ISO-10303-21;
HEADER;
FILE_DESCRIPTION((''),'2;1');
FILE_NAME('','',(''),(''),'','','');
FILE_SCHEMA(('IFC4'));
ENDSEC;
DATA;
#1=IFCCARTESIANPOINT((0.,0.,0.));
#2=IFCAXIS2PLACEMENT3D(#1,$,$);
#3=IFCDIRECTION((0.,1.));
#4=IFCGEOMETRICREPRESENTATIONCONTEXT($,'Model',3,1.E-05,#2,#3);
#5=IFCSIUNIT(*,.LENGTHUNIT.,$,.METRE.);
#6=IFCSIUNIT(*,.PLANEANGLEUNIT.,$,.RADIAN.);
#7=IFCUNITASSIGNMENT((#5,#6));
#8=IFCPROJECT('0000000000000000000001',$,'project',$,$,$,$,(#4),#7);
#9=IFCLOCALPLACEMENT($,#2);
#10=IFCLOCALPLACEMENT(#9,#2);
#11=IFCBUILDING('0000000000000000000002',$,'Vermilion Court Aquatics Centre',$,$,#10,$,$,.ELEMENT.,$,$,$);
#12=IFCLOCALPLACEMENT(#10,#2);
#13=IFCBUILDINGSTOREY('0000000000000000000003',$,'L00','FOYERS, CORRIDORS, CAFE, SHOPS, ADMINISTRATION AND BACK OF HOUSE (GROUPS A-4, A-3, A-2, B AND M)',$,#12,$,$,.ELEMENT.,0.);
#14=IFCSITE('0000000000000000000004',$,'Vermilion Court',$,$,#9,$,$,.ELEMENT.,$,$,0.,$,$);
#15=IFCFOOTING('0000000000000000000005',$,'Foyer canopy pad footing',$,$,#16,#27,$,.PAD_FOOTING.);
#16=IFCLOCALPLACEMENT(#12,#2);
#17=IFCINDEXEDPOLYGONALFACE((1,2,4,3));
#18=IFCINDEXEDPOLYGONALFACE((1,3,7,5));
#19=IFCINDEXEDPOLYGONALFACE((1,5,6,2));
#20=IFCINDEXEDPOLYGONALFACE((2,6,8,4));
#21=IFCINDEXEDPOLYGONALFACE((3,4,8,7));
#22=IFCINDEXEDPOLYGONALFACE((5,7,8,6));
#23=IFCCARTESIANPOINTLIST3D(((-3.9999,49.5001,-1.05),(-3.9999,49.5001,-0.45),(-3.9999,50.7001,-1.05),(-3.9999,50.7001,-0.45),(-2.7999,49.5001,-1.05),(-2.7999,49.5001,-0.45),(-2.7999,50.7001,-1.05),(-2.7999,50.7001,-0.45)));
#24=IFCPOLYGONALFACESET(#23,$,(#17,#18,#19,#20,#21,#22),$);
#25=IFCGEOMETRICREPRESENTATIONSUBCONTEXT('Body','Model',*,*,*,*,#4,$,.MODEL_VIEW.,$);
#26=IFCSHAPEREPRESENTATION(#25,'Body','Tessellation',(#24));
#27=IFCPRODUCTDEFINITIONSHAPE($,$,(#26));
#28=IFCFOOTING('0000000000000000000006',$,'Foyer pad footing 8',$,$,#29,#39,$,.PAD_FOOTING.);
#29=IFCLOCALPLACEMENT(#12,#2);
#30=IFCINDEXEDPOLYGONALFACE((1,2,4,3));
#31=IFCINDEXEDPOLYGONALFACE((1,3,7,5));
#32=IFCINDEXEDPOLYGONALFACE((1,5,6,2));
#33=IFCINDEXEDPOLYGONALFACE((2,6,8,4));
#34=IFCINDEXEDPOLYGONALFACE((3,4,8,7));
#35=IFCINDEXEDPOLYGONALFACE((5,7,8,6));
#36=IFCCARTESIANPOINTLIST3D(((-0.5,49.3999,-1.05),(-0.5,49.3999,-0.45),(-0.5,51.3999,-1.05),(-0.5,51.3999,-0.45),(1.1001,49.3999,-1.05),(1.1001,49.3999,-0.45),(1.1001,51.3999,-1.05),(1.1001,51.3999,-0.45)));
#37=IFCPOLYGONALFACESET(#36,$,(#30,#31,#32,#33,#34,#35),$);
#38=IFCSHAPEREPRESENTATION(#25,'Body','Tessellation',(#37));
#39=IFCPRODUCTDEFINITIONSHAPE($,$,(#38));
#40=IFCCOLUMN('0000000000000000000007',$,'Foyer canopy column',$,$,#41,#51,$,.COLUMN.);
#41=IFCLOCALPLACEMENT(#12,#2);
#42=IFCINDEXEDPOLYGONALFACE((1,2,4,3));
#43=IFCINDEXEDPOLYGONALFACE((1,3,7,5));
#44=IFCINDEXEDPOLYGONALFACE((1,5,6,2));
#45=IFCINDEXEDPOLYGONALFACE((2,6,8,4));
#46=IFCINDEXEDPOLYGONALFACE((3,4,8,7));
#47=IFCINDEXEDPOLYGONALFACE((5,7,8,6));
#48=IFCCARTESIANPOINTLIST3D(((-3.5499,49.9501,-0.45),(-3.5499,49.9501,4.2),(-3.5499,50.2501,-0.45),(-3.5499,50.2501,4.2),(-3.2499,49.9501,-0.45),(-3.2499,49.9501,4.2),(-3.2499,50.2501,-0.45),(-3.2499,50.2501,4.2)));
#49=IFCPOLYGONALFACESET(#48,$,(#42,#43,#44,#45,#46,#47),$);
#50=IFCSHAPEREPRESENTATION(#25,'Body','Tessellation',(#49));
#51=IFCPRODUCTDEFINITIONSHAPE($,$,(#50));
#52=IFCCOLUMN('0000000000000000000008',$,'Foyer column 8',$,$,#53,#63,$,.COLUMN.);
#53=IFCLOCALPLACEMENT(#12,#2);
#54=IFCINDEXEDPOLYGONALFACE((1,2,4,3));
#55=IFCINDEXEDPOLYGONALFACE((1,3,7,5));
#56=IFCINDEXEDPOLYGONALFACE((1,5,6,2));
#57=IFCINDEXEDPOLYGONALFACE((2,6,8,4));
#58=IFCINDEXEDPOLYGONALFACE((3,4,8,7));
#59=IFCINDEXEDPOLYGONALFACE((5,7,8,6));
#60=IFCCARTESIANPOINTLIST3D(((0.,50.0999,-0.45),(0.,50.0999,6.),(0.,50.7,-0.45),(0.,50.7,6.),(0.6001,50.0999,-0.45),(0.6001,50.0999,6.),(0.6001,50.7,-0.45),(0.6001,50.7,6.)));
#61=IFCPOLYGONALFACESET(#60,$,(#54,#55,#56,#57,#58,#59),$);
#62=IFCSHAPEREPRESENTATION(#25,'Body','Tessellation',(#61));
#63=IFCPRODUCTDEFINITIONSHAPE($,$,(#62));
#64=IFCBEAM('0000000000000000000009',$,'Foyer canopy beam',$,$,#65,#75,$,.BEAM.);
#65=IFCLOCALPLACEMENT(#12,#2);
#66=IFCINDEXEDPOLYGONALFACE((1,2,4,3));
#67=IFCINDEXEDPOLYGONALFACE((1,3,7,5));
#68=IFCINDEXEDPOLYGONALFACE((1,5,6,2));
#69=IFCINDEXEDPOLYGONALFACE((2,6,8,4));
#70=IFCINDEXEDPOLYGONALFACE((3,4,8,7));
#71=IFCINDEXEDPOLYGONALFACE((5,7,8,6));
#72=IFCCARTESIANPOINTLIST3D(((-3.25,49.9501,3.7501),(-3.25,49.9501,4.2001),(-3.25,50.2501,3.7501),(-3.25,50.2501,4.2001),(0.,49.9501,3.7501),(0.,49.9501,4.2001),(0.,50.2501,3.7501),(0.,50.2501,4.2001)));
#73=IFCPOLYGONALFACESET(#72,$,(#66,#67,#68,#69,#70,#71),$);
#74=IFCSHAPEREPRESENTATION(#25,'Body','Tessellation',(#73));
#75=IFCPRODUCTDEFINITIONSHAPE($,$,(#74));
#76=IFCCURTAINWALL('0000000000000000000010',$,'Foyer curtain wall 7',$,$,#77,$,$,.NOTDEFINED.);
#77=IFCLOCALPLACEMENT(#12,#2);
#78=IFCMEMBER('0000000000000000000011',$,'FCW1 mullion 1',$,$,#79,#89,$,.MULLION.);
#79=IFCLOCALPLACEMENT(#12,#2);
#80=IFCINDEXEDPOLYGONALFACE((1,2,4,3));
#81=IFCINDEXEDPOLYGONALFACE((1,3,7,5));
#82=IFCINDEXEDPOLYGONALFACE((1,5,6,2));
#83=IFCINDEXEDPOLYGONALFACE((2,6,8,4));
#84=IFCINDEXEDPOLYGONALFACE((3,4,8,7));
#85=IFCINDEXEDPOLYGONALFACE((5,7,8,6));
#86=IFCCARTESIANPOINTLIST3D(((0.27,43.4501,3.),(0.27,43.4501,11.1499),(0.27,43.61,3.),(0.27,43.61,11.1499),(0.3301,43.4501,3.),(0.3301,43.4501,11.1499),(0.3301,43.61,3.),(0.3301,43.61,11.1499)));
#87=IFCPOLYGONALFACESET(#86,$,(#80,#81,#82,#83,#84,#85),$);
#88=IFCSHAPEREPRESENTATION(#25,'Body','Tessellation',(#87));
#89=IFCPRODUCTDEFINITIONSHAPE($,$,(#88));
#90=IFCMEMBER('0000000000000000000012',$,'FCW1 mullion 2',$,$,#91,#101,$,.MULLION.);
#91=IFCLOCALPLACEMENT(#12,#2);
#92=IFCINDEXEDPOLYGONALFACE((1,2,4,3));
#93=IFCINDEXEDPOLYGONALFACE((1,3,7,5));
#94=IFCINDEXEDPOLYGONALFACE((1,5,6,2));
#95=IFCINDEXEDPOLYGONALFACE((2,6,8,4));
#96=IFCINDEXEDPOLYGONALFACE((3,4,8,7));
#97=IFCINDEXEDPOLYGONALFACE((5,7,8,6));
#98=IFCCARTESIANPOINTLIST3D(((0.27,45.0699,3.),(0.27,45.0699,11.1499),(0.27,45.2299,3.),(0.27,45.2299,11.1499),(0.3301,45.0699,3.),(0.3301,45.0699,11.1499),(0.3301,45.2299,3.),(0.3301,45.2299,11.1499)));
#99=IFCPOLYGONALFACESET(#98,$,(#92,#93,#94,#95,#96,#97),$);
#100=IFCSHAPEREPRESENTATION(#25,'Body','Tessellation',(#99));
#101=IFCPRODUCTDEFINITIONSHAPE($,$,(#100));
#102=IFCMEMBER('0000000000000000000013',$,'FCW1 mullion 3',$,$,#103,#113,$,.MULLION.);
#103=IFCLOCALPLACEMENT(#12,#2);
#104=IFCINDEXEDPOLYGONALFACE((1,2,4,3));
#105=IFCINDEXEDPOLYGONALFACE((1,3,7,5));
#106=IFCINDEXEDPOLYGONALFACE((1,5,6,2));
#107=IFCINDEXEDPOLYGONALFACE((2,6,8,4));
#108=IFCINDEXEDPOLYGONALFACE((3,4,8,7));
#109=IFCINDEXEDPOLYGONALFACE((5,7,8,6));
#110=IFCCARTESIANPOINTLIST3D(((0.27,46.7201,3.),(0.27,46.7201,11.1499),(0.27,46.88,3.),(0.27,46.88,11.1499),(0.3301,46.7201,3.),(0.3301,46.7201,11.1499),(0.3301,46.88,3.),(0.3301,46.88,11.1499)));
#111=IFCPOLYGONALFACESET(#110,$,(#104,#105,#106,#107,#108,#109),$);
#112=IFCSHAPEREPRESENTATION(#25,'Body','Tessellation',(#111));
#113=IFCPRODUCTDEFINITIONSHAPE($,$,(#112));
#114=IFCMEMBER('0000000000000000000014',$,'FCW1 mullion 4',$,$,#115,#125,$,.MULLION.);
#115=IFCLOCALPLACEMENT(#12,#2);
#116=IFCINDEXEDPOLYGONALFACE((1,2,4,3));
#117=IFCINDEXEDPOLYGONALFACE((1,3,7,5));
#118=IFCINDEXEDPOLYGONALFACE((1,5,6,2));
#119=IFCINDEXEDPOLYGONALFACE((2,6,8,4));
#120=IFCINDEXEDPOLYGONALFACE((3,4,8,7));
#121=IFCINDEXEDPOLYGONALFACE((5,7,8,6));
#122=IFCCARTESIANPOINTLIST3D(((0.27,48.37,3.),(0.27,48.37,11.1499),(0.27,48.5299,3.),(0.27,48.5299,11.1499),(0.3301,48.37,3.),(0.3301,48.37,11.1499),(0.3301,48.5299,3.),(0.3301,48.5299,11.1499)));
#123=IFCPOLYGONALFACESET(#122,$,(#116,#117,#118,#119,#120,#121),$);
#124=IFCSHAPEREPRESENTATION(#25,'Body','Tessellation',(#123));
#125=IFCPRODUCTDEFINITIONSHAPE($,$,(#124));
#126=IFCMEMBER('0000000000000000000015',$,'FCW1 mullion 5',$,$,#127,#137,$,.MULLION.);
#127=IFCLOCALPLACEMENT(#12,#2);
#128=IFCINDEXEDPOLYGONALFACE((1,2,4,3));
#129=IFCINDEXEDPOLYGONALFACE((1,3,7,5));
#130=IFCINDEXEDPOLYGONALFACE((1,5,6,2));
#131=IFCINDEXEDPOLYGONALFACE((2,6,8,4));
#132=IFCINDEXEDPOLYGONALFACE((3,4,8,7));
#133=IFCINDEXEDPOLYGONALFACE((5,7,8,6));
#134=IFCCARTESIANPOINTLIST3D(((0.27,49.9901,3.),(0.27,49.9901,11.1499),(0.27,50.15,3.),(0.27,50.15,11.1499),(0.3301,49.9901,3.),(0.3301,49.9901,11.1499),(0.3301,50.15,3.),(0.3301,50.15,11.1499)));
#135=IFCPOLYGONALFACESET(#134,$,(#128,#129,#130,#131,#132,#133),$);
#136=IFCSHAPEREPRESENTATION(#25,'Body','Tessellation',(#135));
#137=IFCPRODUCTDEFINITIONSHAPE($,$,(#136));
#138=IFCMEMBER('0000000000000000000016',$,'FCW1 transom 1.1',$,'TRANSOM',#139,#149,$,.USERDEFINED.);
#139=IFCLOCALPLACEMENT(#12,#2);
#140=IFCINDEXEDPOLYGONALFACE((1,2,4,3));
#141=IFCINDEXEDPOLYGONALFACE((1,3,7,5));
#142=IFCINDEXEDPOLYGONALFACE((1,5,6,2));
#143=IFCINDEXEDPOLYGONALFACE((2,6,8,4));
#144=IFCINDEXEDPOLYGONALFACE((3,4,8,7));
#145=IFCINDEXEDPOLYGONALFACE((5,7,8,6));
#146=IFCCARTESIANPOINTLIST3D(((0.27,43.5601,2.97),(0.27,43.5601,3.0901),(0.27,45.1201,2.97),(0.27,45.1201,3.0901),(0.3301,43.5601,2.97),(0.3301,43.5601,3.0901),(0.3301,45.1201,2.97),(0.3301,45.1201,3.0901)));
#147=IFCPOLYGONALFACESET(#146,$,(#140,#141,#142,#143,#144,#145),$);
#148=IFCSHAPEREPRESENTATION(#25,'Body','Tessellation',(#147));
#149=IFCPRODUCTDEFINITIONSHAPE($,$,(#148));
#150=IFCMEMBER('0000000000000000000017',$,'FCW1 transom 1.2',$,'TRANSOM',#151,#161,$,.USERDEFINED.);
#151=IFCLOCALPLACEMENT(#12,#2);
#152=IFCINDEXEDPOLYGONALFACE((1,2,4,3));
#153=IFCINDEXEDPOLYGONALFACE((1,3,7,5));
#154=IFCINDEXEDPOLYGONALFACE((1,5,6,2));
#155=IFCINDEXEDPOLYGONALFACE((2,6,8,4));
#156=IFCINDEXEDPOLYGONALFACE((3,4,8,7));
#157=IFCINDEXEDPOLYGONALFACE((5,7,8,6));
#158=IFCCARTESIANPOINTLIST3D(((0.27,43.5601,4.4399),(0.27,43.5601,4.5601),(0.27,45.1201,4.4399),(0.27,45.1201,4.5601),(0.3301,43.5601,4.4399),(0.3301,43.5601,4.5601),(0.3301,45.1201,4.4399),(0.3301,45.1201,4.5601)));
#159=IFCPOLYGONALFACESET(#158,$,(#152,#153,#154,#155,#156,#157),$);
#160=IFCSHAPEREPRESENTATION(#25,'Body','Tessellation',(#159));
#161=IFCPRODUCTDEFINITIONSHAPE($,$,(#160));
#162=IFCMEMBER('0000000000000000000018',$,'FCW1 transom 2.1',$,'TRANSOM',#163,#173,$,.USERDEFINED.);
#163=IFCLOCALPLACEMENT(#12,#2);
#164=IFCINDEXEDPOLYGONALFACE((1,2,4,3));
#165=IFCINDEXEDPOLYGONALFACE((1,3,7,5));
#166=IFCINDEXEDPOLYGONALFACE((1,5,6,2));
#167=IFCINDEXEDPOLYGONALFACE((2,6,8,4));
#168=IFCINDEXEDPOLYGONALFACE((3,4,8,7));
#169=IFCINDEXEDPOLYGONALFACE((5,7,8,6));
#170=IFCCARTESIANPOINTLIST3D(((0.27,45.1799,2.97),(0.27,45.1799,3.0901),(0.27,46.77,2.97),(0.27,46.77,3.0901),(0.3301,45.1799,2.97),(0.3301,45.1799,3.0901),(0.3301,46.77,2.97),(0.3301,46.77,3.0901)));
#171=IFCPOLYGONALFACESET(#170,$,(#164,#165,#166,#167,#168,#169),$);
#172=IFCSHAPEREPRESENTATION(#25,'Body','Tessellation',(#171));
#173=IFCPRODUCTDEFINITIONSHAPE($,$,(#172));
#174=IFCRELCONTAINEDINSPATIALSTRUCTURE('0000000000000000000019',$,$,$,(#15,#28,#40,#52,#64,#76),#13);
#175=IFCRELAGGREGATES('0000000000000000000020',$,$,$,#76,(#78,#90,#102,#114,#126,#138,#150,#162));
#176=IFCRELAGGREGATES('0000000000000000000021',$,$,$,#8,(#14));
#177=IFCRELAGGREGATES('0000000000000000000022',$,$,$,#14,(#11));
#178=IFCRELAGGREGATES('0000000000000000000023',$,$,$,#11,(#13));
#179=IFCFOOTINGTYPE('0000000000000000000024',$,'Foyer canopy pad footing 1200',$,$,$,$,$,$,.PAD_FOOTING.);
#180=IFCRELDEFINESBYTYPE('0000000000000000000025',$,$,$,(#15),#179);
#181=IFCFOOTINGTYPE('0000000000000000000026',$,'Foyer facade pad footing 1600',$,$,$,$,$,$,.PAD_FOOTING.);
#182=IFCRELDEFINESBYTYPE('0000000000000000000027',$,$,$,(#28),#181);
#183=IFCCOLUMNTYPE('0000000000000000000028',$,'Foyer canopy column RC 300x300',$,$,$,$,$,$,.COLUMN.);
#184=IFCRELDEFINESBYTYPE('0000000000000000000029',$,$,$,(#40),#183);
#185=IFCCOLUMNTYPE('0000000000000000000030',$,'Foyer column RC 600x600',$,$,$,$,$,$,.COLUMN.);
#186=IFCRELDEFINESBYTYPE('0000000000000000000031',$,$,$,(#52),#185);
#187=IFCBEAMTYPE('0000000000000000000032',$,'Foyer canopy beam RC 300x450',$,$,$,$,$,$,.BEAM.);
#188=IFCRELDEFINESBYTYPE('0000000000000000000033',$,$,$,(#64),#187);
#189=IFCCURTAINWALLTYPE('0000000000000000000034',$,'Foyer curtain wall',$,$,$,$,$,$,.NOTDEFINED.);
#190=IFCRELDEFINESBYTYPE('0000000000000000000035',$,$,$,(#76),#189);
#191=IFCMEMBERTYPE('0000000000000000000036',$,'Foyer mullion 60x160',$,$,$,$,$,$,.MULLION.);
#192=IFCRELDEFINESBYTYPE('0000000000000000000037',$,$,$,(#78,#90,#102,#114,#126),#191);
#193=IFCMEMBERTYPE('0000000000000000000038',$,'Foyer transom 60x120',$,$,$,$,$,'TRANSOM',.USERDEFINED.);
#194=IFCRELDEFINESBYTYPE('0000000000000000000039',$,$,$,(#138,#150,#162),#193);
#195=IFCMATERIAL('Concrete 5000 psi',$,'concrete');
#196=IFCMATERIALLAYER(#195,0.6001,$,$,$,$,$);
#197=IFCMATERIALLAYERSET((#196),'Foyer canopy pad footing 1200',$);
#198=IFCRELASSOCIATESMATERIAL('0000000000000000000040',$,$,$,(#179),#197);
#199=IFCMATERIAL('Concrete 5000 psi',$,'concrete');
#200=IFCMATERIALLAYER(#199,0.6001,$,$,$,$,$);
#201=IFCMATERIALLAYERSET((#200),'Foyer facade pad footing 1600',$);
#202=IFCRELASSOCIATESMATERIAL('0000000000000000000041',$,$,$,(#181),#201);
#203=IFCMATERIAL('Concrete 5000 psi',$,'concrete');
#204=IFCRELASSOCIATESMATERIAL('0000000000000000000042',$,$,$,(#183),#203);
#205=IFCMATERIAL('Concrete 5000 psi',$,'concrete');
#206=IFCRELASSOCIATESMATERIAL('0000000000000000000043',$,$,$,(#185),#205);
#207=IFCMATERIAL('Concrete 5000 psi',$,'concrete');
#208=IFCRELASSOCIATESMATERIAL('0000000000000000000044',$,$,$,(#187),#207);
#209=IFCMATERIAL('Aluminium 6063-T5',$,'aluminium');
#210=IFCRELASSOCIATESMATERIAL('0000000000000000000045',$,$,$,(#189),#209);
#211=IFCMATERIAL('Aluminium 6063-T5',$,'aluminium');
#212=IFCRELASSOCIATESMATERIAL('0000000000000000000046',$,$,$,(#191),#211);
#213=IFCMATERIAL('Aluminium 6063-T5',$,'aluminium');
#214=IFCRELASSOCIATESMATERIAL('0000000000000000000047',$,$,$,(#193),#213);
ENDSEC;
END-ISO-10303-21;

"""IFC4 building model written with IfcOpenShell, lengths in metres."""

from ifc_helpers import new_model, si_unit, direction, frame, origin, origin_2d, place, context, subcontext, project, spatial, rectangle, extrude, material, layer, layer_set, material_profile, profile_set, type_object, element, aggregate, save


model = new_model("IFC4")

# Units and contexts
model_context = context("Model", 3, precision=1e-05, world=origin(), true_north=direction((0.0, 1.0)))
body_context = subcontext(model_context, "Body", "Model", "MODEL_VIEW")
ifc_project = project(units=[si_unit("LENGTHUNIT", "METRE"), si_unit("PLANEANGLEUNIT", "RADIAN")], contexts=[model_context])

# Site, building, storey
site_placement = place(None, origin())
site = spatial("IfcSite", under=ifc_project, at=site_placement, Name="Vermilion Court", CompositionType="ELEMENT", RefElevation=0.0)
building_placement = place(site_placement, origin())
building = spatial("IfcBuilding", under=site, at=building_placement, Name="Vermilion Court Aquatics Centre", CompositionType="ELEMENT")
storey_placement = place(building_placement, origin())
storey = spatial("IfcBuildingStorey", under=building, at=storey_placement, Name="L00", Description="FOYERS, CORRIDORS, CAFE, SHOPS, ADMINISTRATION AND BACK OF HOUSE (GROUPS A-4, A-3, A-2, B AND M)", CompositionType="ELEMENT", Elevation=0.0)

# Footings
ifc_material_1 = material(Name="Concrete 5000 psi", Category="concrete")
ifc_layer_1 = layer(ifc_material_1, 0.6001)
ifc_layer_set_1 = layer_set([ifc_layer_1], Name="Foyer canopy pad footing 1200")
footing_type_1 = type_object("IfcFootingType", Name="Foyer canopy pad footing 1200", PredefinedType="PAD_FOOTING", material=ifc_layer_set_1)
footing_1_placement = place(storey_placement, frame((-3.3999, 50.1001, -1.05), z_axis=(0.0, 0.0, 1.0), x_axis=(1.0, 0.0, 0.0)))
element("IfcFooting", 1, at=footing_1_placement, inside=storey, type_object=footing_type_1, Name="Foyer canopy pad footing", PredefinedType="PAD_FOOTING", context=body_context, shape_type="SweptSolid", body=[
    extrude(rectangle(XDim=1.2, YDim=1.2, at=origin_2d()), origin(), (0.0, 0.0, 1.0), 0.6001),
])
ifc_material_2 = material(Name="Concrete 5000 psi", Category="concrete")
ifc_layer_2 = layer(ifc_material_2, 0.6001)
ifc_layer_set_2 = layer_set([ifc_layer_2], Name="Foyer facade pad footing 1600")
footing_type_2 = type_object("IfcFootingType", Name="Foyer facade pad footing 1600", PredefinedType="PAD_FOOTING", material=ifc_layer_set_2)
footing_2_placement = place(storey_placement, frame((0.3, 50.3999, -1.05), z_axis=(0.0, 0.0, 1.0), x_axis=(1.0, 0.0, 0.0)))
element("IfcFooting", 2, at=footing_2_placement, inside=storey, type_object=footing_type_2, Name="Foyer pad footing 8", PredefinedType="PAD_FOOTING", context=body_context, shape_type="SweptSolid", body=[
    extrude(rectangle(XDim=1.6001, YDim=2.0, at=origin_2d()), origin(), (0.0, 0.0, 1.0), 0.6001),
])

# Columns
ifc_material_3 = material(Name="Concrete 5000 psi", Category="concrete")
ifc_material_profile_1 = material_profile(ifc_material_3, rectangle(XDim=0.3, YDim=0.3, at=origin_2d()), Name="RC 300x300")
ifc_profile_set_1 = profile_set([ifc_material_profile_1], Name="Concrete 5000 psi")
column_type_1 = type_object("IfcColumnType", Name="Foyer canopy column RC 300x300", PredefinedType="COLUMN", material=ifc_profile_set_1)
column_1_placement = place(storey_placement, frame((-3.3999, 50.1001, -0.45), z_axis=(0.0, 0.0, 1.0), x_axis=(1.0, 0.0, 0.0)))
element("IfcColumn", 3, at=column_1_placement, inside=storey, type_object=column_type_1, Name="Foyer canopy column", PredefinedType="COLUMN", context=body_context, shape_type="SweptSolid", body=[
    extrude(rectangle(XDim=0.3, YDim=0.3, at=origin_2d()), origin(), (0.0, 0.0, 1.0), 4.6499),
])
ifc_material_4 = material(Name="Concrete 5000 psi", Category="concrete")
ifc_material_profile_2 = material_profile(ifc_material_4, rectangle(XDim=0.6001, YDim=0.6001, at=origin_2d()), Name="RC 600x600")
ifc_profile_set_2 = profile_set([ifc_material_profile_2], Name="Concrete 5000 psi")
column_type_2 = type_object("IfcColumnType", Name="Foyer column RC 600x600", PredefinedType="COLUMN", material=ifc_profile_set_2)
column_2_placement = place(storey_placement, frame((0.3, 50.3999, -0.45), z_axis=(0.0, 0.0, 1.0), x_axis=(1.0, 0.0, 0.0)))
element("IfcColumn", 4, at=column_2_placement, inside=storey, type_object=column_type_2, Name="Foyer column 8", PredefinedType="COLUMN", context=body_context, shape_type="SweptSolid", body=[
    extrude(rectangle(XDim=0.6001, YDim=0.6001, at=origin_2d()), origin(), (0.0, 0.0, 1.0), 6.45),
])

# Beam
ifc_material_5 = material(Name="Concrete 5000 psi", Category="concrete")
ifc_material_profile_3 = material_profile(ifc_material_5, rectangle(XDim=0.3, YDim=0.45, at=origin_2d()), Name="RC 300x450")
ifc_profile_set_3 = profile_set([ifc_material_profile_3], Name="Concrete 5000 psi")
beam_type = type_object("IfcBeamType", Name="Foyer canopy beam RC 300x450", PredefinedType="BEAM", material=ifc_profile_set_3)
beam_placement = place(storey_placement, frame((-3.25, 50.1001, 3.9751), z_axis=(1.0, 0.0, 0.0), x_axis=(0.0, 1.0, 0.0)))
element("IfcBeam", 5, at=beam_placement, inside=storey, type_object=beam_type, Name="Foyer canopy beam", PredefinedType="BEAM", context=body_context, shape_type="SweptSolid", body=[
    extrude(rectangle(XDim=0.3, YDim=0.45, at=origin_2d()), origin(), (0.0, 0.0, 1.0), 3.25),
])

# Curtain wall, members
ifc_material_6 = material(Name="Aluminium 6063-T5", Category="aluminium")
curtain_wall_type = type_object("IfcCurtainWallType", Name="Foyer curtain wall", PredefinedType="NOTDEFINED", material=ifc_material_6)
curtain_wall_placement = place(storey_placement, origin())
curtain_wall = element("IfcCurtainWall", 6, at=curtain_wall_placement, inside=storey, type_object=curtain_wall_type, Name="Foyer curtain wall 7", PredefinedType="NOTDEFINED")
ifc_material_7 = material(Name="Aluminium 6063-T5", Category="aluminium")
ifc_material_profile_4 = material_profile(ifc_material_7, rectangle(XDim=0.0601, YDim=0.1599, at=origin_2d()), Name="Aluminium 60x160")
ifc_profile_set_4 = profile_set([ifc_material_profile_4], Name="Aluminium 6063-T5")
member_type_1 = type_object("IfcMemberType", Name="Foyer mullion 60x160", PredefinedType="MULLION", material=ifc_profile_set_4)
member_1_placement = place(storey_placement, frame((0.3, 43.53, 3.0), z_axis=(0.0, 0.0, 1.0), x_axis=(-1.0, 0.0, 0.0)))
member_1 = element("IfcMember", 7, at=member_1_placement, type_object=member_type_1, Name="FCW1 mullion 1", PredefinedType="MULLION", context=body_context, shape_type="SweptSolid", body=[
    extrude(rectangle(XDim=0.0601, YDim=0.1599, at=origin_2d()), origin(), (0.0, 0.0, 1.0), 8.1499),
])
member_2_placement = place(storey_placement, frame((0.3, 45.1499, 3.0), z_axis=(0.0, 0.0, 1.0), x_axis=(-1.0, 0.0, 0.0)))
member_2 = element("IfcMember", 8, at=member_2_placement, type_object=member_type_1, Name="FCW1 mullion 2", PredefinedType="MULLION", context=body_context, shape_type="SweptSolid", body=[
    extrude(rectangle(XDim=0.0601, YDim=0.1599, at=origin_2d()), origin(), (0.0, 0.0, 1.0), 8.1499),
])
member_3_placement = place(storey_placement, frame((0.3, 46.8, 3.0), z_axis=(0.0, 0.0, 1.0), x_axis=(-1.0, 0.0, 0.0)))
member_3 = element("IfcMember", 9, at=member_3_placement, type_object=member_type_1, Name="FCW1 mullion 3", PredefinedType="MULLION", context=body_context, shape_type="SweptSolid", body=[
    extrude(rectangle(XDim=0.0601, YDim=0.1599, at=origin_2d()), origin(), (0.0, 0.0, 1.0), 8.1499),
])
member_4_placement = place(storey_placement, frame((0.3, 48.45, 3.0), z_axis=(0.0, 0.0, 1.0), x_axis=(-1.0, 0.0, 0.0)))
member_4 = element("IfcMember", 10, at=member_4_placement, type_object=member_type_1, Name="FCW1 mullion 4", PredefinedType="MULLION", context=body_context, shape_type="SweptSolid", body=[
    extrude(rectangle(XDim=0.0601, YDim=0.1599, at=origin_2d()), origin(), (0.0, 0.0, 1.0), 8.1499),
])
member_5_placement = place(storey_placement, frame((0.3, 50.0701, 3.0), z_axis=(0.0, 0.0, 1.0), x_axis=(-1.0, 0.0, 0.0)))
member_5 = element("IfcMember", 11, at=member_5_placement, type_object=member_type_1, Name="FCW1 mullion 5", PredefinedType="MULLION", context=body_context, shape_type="SweptSolid", body=[
    extrude(rectangle(XDim=0.0601, YDim=0.1599, at=origin_2d()), origin(), (0.0, 0.0, 1.0), 8.1499),
])
ifc_material_8 = material(Name="Aluminium 6063-T5", Category="aluminium")
ifc_material_profile_5 = material_profile(ifc_material_8, rectangle(XDim=0.0601, YDim=0.1201, at=origin_2d()), Name="Aluminium 60x120")
ifc_profile_set_5 = profile_set([ifc_material_profile_5], Name="Aluminium 6063-T5")
member_type_2 = type_object("IfcMemberType", Name="Foyer transom 60x120", ElementType="TRANSOM", PredefinedType="USERDEFINED", material=ifc_profile_set_5)
member_6_placement = place(storey_placement, frame((0.3, 43.5601, 3.03), z_axis=(0.0, 1.0, 0.0), x_axis=(-1.0, 0.0, 0.0)))
member_6 = element("IfcMember", 12, at=member_6_placement, type_object=member_type_2, Name="FCW1 transom 1.1", ObjectType="TRANSOM", PredefinedType="USERDEFINED", context=body_context, shape_type="SweptSolid", body=[
    extrude(rectangle(XDim=0.0601, YDim=0.1201, at=origin_2d()), origin(), (0.0, 0.0, 1.0), 1.5601),
])
member_7_placement = place(storey_placement, frame((0.3, 43.5601, 4.5), z_axis=(0.0, 1.0, 0.0), x_axis=(-1.0, 0.0, 0.0)))
member_7 = element("IfcMember", 13, at=member_7_placement, type_object=member_type_2, Name="FCW1 transom 1.2", ObjectType="TRANSOM", PredefinedType="USERDEFINED", context=body_context, shape_type="SweptSolid", body=[
    extrude(rectangle(XDim=0.0601, YDim=0.1201, at=origin_2d()), origin(), (0.0, 0.0, 1.0), 1.5601),
])
member_8_placement = place(storey_placement, frame((0.3, 45.1799, 3.03), z_axis=(0.0, 1.0, 0.0), x_axis=(-1.0, 0.0, 0.0)))
member_8 = element("IfcMember", 14, at=member_8_placement, type_object=member_type_2, Name="FCW1 transom 2.1", ObjectType="TRANSOM", PredefinedType="USERDEFINED", context=body_context, shape_type="SweptSolid", body=[
    extrude(rectangle(XDim=0.0601, YDim=0.1201, at=origin_2d()), origin(), (0.0, 0.0, 1.0), 1.5901),
])
aggregate(curtain_wall, [member_1, member_2, member_3, member_4, member_5, member_6, member_7, member_8])

save(model, "model.ifc")
